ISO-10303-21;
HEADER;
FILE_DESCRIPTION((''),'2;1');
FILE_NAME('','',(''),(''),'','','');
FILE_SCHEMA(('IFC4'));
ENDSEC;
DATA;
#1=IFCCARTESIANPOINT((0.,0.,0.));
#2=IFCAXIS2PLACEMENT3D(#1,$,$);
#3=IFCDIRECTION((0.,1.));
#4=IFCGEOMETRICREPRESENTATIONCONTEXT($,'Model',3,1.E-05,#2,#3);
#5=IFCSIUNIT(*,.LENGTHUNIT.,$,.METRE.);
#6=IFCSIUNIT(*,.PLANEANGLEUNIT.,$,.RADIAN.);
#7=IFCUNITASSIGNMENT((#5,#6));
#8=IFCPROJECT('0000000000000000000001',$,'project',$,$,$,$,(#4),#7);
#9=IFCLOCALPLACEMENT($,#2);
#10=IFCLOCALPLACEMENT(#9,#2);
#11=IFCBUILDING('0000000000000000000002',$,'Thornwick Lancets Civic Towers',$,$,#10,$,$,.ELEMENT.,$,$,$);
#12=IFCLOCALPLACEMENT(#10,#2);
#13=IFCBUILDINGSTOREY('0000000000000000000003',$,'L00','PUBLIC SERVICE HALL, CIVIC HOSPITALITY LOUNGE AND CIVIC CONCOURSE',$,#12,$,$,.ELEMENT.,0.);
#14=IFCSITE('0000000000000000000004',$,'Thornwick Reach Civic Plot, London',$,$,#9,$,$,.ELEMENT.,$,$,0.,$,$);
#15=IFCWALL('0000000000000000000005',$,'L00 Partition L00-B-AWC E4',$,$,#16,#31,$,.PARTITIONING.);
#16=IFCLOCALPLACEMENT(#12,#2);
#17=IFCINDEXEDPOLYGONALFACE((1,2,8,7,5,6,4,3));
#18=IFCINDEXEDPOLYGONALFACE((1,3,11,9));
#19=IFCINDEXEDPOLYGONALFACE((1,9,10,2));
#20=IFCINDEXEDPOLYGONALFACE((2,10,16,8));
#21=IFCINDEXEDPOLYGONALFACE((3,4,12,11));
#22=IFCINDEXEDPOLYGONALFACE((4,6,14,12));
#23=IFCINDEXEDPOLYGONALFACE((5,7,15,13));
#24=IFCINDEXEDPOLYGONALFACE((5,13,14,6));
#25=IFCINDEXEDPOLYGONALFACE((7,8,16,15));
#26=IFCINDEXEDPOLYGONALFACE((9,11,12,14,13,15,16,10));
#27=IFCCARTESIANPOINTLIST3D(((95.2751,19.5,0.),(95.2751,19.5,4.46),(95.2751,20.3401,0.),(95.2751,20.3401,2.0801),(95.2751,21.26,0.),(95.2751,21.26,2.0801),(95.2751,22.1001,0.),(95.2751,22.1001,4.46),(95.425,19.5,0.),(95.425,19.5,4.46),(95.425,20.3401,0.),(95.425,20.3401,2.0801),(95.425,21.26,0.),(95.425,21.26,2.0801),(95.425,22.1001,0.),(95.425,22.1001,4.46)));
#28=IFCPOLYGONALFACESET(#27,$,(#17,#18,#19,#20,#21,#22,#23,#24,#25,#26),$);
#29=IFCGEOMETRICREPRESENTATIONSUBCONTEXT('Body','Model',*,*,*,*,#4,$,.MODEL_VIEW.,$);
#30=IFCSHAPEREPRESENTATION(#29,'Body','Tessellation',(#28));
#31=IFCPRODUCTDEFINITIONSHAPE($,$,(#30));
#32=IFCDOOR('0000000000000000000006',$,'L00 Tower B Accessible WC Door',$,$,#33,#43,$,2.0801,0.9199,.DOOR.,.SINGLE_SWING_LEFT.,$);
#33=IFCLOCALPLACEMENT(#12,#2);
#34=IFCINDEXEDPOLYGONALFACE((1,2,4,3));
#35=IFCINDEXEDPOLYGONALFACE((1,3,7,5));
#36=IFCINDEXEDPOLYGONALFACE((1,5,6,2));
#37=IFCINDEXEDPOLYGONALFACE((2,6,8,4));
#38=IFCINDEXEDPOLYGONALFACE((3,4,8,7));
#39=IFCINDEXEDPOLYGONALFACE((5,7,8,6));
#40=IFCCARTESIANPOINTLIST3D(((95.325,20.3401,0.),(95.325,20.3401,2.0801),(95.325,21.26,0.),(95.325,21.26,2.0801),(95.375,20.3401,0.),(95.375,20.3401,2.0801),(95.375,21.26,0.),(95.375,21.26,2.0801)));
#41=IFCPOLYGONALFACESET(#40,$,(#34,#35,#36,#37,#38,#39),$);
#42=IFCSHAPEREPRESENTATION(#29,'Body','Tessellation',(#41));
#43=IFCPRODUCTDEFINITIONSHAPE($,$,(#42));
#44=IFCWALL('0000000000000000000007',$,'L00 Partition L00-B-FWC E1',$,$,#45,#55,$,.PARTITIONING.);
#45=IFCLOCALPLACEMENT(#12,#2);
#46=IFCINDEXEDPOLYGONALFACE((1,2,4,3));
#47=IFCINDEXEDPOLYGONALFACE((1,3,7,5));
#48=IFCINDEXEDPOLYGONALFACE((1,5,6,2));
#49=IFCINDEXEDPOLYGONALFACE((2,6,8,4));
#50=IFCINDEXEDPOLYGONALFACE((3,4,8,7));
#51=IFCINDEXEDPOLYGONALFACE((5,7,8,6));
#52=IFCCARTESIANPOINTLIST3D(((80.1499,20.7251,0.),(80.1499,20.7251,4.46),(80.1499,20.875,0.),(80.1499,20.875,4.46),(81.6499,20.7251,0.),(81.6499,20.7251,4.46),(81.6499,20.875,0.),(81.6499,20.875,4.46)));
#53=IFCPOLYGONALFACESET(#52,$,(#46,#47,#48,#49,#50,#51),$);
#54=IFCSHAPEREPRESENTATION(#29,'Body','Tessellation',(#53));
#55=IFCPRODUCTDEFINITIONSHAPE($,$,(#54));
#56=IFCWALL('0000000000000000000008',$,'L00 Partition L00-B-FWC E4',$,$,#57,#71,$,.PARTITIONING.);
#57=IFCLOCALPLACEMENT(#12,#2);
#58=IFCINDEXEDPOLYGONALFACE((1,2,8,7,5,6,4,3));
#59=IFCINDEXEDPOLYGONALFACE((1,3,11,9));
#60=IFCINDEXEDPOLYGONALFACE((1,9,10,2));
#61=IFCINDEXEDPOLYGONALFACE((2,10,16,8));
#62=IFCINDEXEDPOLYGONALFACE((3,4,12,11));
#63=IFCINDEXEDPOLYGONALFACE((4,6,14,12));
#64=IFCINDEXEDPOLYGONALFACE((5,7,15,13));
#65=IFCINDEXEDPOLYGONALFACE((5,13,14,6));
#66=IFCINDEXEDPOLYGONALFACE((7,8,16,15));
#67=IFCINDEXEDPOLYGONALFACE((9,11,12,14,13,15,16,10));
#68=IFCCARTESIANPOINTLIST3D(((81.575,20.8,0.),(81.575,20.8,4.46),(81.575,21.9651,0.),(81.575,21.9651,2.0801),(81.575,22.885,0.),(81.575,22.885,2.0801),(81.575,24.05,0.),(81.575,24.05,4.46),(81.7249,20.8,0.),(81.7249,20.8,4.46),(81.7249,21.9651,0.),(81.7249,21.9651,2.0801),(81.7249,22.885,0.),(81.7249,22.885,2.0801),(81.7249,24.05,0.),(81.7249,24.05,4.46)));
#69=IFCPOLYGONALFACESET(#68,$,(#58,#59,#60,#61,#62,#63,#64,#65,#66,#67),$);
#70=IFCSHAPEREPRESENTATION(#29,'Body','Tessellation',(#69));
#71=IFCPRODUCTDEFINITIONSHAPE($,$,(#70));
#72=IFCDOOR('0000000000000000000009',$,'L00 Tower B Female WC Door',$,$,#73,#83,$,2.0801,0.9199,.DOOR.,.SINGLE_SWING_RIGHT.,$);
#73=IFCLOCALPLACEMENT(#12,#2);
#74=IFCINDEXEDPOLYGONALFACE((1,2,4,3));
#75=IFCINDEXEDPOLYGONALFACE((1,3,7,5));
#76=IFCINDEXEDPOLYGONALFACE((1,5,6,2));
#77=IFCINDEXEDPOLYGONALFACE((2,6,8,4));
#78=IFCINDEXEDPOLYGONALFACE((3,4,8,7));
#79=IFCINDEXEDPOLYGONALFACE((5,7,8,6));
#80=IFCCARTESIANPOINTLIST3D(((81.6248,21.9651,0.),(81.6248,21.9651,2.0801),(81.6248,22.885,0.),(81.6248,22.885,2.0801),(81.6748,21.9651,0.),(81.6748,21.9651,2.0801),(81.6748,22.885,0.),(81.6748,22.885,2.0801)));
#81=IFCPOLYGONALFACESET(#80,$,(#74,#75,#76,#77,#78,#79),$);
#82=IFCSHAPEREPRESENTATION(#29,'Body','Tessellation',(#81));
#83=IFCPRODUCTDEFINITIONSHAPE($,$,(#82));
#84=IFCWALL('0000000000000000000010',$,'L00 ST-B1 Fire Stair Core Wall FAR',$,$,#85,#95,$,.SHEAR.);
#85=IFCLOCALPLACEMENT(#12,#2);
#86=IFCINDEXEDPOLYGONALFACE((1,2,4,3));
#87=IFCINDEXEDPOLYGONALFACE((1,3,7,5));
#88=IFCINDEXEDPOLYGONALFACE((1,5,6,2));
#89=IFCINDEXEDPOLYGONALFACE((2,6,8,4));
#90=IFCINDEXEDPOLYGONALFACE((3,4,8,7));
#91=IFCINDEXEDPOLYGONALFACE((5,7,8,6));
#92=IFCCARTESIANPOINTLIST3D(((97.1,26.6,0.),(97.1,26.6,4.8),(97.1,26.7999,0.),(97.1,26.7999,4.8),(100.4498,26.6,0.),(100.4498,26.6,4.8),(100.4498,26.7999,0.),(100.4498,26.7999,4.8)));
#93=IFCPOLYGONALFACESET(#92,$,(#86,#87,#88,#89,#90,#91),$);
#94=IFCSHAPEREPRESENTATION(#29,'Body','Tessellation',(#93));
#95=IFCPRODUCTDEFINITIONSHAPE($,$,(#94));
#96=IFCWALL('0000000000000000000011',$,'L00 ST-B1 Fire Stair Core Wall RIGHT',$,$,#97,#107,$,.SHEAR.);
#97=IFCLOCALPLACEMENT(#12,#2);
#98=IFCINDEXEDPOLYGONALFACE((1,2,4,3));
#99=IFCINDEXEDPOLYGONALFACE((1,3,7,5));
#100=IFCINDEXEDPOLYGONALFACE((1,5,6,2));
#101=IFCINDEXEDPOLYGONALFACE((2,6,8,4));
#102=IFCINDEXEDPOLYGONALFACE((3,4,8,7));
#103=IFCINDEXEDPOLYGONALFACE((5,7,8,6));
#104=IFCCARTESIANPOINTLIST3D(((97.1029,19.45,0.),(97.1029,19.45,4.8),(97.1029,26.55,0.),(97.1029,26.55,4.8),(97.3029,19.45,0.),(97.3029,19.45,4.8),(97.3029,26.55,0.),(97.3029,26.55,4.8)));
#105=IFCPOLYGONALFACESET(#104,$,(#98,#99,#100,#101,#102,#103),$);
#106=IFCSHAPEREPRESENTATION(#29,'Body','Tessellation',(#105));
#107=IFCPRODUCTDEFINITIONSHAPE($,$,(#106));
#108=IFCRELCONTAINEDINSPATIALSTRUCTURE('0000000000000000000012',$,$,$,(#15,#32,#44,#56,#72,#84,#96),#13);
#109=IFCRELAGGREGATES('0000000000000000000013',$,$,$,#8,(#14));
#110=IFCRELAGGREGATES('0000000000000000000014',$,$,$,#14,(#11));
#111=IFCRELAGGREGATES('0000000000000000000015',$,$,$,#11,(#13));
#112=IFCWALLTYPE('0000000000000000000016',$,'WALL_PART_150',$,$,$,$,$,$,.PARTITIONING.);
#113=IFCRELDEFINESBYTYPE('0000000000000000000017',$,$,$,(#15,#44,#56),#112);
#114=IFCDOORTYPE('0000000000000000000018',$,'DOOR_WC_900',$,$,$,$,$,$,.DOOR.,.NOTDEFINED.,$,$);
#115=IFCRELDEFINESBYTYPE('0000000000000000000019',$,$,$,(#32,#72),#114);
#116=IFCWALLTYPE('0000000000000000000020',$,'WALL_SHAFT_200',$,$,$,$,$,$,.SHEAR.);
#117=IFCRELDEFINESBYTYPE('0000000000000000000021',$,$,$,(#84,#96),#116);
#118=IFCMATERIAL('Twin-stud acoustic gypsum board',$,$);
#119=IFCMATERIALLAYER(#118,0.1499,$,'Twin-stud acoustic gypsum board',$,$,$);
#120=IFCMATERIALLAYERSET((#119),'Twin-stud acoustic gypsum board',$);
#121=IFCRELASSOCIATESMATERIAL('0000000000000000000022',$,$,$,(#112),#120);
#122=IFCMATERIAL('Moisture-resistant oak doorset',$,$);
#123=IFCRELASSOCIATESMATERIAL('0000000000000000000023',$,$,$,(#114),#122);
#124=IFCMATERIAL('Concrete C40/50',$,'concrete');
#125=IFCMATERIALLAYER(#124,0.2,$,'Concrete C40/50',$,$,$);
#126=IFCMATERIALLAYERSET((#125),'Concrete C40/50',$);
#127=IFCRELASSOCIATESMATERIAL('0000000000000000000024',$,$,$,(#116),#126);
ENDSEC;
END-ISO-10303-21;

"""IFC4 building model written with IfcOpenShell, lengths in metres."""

from ifc_helpers import new_model, si_unit, direction, frame, frame_2d, origin, place, context, subcontext, project, spatial, rectangle, extrude, material, layer, layer_set, type_object, element, fill, save


model = new_model("IFC4")

# Units and contexts
model_context = context("Model", 3, precision=1e-05, world=origin(), true_north=direction((0.0, 1.0)))
body_context = subcontext(model_context, "Body", "Model", "MODEL_VIEW")
ifc_project = project(units=[si_unit("LENGTHUNIT", "METRE"), si_unit("PLANEANGLEUNIT", "RADIAN")], contexts=[model_context])

# Site, building, storey
site_placement = place(None, origin())
site = spatial("IfcSite", under=ifc_project, at=site_placement, Name="Thornwick Reach Civic Plot, London", CompositionType="ELEMENT", RefElevation=0.0)
building_placement = place(site_placement, origin())
building = spatial("IfcBuilding", under=site, at=building_placement, Name="Thornwick Lancets Civic Towers", CompositionType="ELEMENT")
storey_placement = place(building_placement, origin())
storey = spatial("IfcBuildingStorey", under=building, at=storey_placement, Name="L00", Description="PUBLIC SERVICE HALL, CIVIC HOSPITALITY LOUNGE AND CIVIC CONCOURSE", CompositionType="ELEMENT", Elevation=0.0)

# Wall, opening, door
ifc_material_1 = material(Name="Twin-stud acoustic gypsum board")
ifc_layer_1 = layer(ifc_material_1, 0.1499, Name="Twin-stud acoustic gypsum board")
ifc_layer_set_1 = layer_set([ifc_layer_1], Name="Twin-stud acoustic gypsum board")
wall_type_1 = type_object("IfcWallType", Name="WALL_PART_150", PredefinedType="PARTITIONING", material=ifc_layer_set_1)
wall_1_placement = place(storey_placement, frame((95.3501, 22.1001, 0.0), z_axis=(0.0, 0.0, 1.0), x_axis=(0.0, -1.0, 0.0)))
wall_1 = element("IfcWall", 1, at=wall_1_placement, inside=storey, type_object=wall_type_1, Name="L00 Partition L00-B-AWC E4", PredefinedType="PARTITIONING", context=body_context, shape_type="SweptSolid", body=[
    extrude(rectangle(XDim=2.6001, YDim=0.1499, at=frame_2d((1.3, 0.0))), origin(), (0.0, 0.0, 1.0), 4.46),
])
opening_1_placement = place(wall_1_placement, frame((0.8401, 0.0, 0.0)))
opening_1 = element("IfcOpeningElement", 2, at=opening_1_placement, cuts=wall_1, PredefinedType="OPENING", context=body_context, shape_type="SweptSolid", body=[
    extrude(rectangle(XDim=0.9199, YDim=2.0801, at=frame_2d((0.46, 1.04))), frame((0.0, 0.085, 0.0), z_axis=(0.0, -1.0, 0.0), x_axis=(1.0, 0.0, 0.0)), (0.0, 0.0, 1.0), 0.1699),
])
ifc_material_2 = material(Name="Moisture-resistant oak doorset")
door_type_1 = type_object("IfcDoorType", Name="DOOR_WC_900", OperationType="NOTDEFINED", PredefinedType="DOOR", material=ifc_material_2)
door_1_placement = place(opening_1_placement, origin())
door_1 = element("IfcDoor", 3, at=door_1_placement, inside=storey, type_object=door_type_1, Name="L00 Tower B Accessible WC Door", OperationType="SINGLE_SWING_LEFT", OverallHeight=2.0801, OverallWidth=0.9199, PredefinedType="DOOR", context=body_context, shape_type="SweptSolid", body=[
    extrude(rectangle(XDim=0.9199, YDim=2.0801, at=frame_2d((0.46, 1.04))), frame((0.0, 0.0249, 0.0), z_axis=(0.0, -1.0, 0.0), x_axis=(1.0, 0.0, 0.0)), (0.0, 0.0, 1.0), 0.05),
])
fill(opening_1, door_1)

# Wall
wall_2_placement = place(storey_placement, frame((81.6499, 20.8, 0.0), z_axis=(0.0, 0.0, 1.0), x_axis=(-1.0, 0.0, 0.0)))
element("IfcWall", 4, at=wall_2_placement, inside=storey, type_object=wall_type_1, Name="L00 Partition L00-B-FWC E1", PredefinedType="PARTITIONING", context=body_context, shape_type="SweptSolid", body=[
    extrude(rectangle(XDim=1.5, YDim=0.1499, at=frame_2d((0.75, 0.0))), origin(), (0.0, 0.0, 1.0), 4.46),
])

# Wall, opening, door
wall_3_placement = place(storey_placement, frame((81.6499, 24.05, 0.0), z_axis=(0.0, 0.0, 1.0), x_axis=(0.0, -1.0, 0.0)))
wall_3 = element("IfcWall", 5, at=wall_3_placement, inside=storey, type_object=wall_type_1, Name="L00 Partition L00-B-FWC E4", PredefinedType="PARTITIONING", context=body_context, shape_type="SweptSolid", body=[
    extrude(rectangle(XDim=3.25, YDim=0.1499, at=frame_2d((1.625, 0.0))), origin(), (0.0, 0.0, 1.0), 4.46),
])
opening_2_placement = place(wall_3_placement, frame((1.165, 0.0, 0.0)))
opening_2 = element("IfcOpeningElement", 6, at=opening_2_placement, cuts=wall_3, PredefinedType="OPENING", context=body_context, shape_type="SweptSolid", body=[
    extrude(rectangle(XDim=0.9199, YDim=2.0801, at=frame_2d((0.46, 1.04))), frame((0.0, 0.085, 0.0), z_axis=(0.0, -1.0, 0.0), x_axis=(1.0, 0.0, 0.0)), (0.0, 0.0, 1.0), 0.1699),
])
door_2_placement = place(opening_2_placement, origin())
door_2 = element("IfcDoor", 7, at=door_2_placement, inside=storey, type_object=door_type_1, Name="L00 Tower B Female WC Door", OperationType="SINGLE_SWING_RIGHT", OverallHeight=2.0801, OverallWidth=0.9199, PredefinedType="DOOR", context=body_context, shape_type="SweptSolid", body=[
    extrude(rectangle(XDim=0.9199, YDim=2.0801, at=frame_2d((0.46, 1.04))), frame((0.0, 0.0249, 0.0), z_axis=(0.0, -1.0, 0.0), x_axis=(1.0, 0.0, 0.0)), (0.0, 0.0, 1.0), 0.05),
])
fill(opening_2, door_2)

# Walls
ifc_material_3 = material(Name="Concrete C40/50", Category="concrete")
ifc_layer_2 = layer(ifc_material_3, 0.2, Name="Concrete C40/50")
ifc_layer_set_2 = layer_set([ifc_layer_2], Name="Concrete C40/50")
wall_type_2 = type_object("IfcWallType", Name="WALL_SHAFT_200", PredefinedType="SHEAR", material=ifc_layer_set_2)
wall_4_placement = place(storey_placement, frame((97.1001, 26.7, 0.0), z_axis=(0.0, 0.0, 1.0), x_axis=(1.0, 0.0, 0.0)))
element("IfcWall", 8, at=wall_4_placement, inside=storey, type_object=wall_type_2, Name="L00 ST-B1 Fire Stair Core Wall FAR", PredefinedType="SHEAR", context=body_context, shape_type="SweptSolid", body=[
    extrude(rectangle(XDim=3.3499, YDim=0.2, at=frame_2d((1.6748, 0.0))), origin(), (0.0, 0.0, 1.0), 4.8),
])
wall_5_placement = place(storey_placement, frame((97.2029, 26.55, 0.0), z_axis=(0.0, 0.0, 1.0), x_axis=(0.0, -1.0, 0.0)))
element("IfcWall", 9, at=wall_5_placement, inside=storey, type_object=wall_type_2, Name="L00 ST-B1 Fire Stair Core Wall RIGHT", PredefinedType="SHEAR", context=body_context, shape_type="SweptSolid", body=[
    extrude(rectangle(XDim=7.1001, YDim=0.2, at=frame_2d((3.55, 0.0))), origin(), (0.0, 0.0, 1.0), 4.8),
])

save(model, "model.ifc")
